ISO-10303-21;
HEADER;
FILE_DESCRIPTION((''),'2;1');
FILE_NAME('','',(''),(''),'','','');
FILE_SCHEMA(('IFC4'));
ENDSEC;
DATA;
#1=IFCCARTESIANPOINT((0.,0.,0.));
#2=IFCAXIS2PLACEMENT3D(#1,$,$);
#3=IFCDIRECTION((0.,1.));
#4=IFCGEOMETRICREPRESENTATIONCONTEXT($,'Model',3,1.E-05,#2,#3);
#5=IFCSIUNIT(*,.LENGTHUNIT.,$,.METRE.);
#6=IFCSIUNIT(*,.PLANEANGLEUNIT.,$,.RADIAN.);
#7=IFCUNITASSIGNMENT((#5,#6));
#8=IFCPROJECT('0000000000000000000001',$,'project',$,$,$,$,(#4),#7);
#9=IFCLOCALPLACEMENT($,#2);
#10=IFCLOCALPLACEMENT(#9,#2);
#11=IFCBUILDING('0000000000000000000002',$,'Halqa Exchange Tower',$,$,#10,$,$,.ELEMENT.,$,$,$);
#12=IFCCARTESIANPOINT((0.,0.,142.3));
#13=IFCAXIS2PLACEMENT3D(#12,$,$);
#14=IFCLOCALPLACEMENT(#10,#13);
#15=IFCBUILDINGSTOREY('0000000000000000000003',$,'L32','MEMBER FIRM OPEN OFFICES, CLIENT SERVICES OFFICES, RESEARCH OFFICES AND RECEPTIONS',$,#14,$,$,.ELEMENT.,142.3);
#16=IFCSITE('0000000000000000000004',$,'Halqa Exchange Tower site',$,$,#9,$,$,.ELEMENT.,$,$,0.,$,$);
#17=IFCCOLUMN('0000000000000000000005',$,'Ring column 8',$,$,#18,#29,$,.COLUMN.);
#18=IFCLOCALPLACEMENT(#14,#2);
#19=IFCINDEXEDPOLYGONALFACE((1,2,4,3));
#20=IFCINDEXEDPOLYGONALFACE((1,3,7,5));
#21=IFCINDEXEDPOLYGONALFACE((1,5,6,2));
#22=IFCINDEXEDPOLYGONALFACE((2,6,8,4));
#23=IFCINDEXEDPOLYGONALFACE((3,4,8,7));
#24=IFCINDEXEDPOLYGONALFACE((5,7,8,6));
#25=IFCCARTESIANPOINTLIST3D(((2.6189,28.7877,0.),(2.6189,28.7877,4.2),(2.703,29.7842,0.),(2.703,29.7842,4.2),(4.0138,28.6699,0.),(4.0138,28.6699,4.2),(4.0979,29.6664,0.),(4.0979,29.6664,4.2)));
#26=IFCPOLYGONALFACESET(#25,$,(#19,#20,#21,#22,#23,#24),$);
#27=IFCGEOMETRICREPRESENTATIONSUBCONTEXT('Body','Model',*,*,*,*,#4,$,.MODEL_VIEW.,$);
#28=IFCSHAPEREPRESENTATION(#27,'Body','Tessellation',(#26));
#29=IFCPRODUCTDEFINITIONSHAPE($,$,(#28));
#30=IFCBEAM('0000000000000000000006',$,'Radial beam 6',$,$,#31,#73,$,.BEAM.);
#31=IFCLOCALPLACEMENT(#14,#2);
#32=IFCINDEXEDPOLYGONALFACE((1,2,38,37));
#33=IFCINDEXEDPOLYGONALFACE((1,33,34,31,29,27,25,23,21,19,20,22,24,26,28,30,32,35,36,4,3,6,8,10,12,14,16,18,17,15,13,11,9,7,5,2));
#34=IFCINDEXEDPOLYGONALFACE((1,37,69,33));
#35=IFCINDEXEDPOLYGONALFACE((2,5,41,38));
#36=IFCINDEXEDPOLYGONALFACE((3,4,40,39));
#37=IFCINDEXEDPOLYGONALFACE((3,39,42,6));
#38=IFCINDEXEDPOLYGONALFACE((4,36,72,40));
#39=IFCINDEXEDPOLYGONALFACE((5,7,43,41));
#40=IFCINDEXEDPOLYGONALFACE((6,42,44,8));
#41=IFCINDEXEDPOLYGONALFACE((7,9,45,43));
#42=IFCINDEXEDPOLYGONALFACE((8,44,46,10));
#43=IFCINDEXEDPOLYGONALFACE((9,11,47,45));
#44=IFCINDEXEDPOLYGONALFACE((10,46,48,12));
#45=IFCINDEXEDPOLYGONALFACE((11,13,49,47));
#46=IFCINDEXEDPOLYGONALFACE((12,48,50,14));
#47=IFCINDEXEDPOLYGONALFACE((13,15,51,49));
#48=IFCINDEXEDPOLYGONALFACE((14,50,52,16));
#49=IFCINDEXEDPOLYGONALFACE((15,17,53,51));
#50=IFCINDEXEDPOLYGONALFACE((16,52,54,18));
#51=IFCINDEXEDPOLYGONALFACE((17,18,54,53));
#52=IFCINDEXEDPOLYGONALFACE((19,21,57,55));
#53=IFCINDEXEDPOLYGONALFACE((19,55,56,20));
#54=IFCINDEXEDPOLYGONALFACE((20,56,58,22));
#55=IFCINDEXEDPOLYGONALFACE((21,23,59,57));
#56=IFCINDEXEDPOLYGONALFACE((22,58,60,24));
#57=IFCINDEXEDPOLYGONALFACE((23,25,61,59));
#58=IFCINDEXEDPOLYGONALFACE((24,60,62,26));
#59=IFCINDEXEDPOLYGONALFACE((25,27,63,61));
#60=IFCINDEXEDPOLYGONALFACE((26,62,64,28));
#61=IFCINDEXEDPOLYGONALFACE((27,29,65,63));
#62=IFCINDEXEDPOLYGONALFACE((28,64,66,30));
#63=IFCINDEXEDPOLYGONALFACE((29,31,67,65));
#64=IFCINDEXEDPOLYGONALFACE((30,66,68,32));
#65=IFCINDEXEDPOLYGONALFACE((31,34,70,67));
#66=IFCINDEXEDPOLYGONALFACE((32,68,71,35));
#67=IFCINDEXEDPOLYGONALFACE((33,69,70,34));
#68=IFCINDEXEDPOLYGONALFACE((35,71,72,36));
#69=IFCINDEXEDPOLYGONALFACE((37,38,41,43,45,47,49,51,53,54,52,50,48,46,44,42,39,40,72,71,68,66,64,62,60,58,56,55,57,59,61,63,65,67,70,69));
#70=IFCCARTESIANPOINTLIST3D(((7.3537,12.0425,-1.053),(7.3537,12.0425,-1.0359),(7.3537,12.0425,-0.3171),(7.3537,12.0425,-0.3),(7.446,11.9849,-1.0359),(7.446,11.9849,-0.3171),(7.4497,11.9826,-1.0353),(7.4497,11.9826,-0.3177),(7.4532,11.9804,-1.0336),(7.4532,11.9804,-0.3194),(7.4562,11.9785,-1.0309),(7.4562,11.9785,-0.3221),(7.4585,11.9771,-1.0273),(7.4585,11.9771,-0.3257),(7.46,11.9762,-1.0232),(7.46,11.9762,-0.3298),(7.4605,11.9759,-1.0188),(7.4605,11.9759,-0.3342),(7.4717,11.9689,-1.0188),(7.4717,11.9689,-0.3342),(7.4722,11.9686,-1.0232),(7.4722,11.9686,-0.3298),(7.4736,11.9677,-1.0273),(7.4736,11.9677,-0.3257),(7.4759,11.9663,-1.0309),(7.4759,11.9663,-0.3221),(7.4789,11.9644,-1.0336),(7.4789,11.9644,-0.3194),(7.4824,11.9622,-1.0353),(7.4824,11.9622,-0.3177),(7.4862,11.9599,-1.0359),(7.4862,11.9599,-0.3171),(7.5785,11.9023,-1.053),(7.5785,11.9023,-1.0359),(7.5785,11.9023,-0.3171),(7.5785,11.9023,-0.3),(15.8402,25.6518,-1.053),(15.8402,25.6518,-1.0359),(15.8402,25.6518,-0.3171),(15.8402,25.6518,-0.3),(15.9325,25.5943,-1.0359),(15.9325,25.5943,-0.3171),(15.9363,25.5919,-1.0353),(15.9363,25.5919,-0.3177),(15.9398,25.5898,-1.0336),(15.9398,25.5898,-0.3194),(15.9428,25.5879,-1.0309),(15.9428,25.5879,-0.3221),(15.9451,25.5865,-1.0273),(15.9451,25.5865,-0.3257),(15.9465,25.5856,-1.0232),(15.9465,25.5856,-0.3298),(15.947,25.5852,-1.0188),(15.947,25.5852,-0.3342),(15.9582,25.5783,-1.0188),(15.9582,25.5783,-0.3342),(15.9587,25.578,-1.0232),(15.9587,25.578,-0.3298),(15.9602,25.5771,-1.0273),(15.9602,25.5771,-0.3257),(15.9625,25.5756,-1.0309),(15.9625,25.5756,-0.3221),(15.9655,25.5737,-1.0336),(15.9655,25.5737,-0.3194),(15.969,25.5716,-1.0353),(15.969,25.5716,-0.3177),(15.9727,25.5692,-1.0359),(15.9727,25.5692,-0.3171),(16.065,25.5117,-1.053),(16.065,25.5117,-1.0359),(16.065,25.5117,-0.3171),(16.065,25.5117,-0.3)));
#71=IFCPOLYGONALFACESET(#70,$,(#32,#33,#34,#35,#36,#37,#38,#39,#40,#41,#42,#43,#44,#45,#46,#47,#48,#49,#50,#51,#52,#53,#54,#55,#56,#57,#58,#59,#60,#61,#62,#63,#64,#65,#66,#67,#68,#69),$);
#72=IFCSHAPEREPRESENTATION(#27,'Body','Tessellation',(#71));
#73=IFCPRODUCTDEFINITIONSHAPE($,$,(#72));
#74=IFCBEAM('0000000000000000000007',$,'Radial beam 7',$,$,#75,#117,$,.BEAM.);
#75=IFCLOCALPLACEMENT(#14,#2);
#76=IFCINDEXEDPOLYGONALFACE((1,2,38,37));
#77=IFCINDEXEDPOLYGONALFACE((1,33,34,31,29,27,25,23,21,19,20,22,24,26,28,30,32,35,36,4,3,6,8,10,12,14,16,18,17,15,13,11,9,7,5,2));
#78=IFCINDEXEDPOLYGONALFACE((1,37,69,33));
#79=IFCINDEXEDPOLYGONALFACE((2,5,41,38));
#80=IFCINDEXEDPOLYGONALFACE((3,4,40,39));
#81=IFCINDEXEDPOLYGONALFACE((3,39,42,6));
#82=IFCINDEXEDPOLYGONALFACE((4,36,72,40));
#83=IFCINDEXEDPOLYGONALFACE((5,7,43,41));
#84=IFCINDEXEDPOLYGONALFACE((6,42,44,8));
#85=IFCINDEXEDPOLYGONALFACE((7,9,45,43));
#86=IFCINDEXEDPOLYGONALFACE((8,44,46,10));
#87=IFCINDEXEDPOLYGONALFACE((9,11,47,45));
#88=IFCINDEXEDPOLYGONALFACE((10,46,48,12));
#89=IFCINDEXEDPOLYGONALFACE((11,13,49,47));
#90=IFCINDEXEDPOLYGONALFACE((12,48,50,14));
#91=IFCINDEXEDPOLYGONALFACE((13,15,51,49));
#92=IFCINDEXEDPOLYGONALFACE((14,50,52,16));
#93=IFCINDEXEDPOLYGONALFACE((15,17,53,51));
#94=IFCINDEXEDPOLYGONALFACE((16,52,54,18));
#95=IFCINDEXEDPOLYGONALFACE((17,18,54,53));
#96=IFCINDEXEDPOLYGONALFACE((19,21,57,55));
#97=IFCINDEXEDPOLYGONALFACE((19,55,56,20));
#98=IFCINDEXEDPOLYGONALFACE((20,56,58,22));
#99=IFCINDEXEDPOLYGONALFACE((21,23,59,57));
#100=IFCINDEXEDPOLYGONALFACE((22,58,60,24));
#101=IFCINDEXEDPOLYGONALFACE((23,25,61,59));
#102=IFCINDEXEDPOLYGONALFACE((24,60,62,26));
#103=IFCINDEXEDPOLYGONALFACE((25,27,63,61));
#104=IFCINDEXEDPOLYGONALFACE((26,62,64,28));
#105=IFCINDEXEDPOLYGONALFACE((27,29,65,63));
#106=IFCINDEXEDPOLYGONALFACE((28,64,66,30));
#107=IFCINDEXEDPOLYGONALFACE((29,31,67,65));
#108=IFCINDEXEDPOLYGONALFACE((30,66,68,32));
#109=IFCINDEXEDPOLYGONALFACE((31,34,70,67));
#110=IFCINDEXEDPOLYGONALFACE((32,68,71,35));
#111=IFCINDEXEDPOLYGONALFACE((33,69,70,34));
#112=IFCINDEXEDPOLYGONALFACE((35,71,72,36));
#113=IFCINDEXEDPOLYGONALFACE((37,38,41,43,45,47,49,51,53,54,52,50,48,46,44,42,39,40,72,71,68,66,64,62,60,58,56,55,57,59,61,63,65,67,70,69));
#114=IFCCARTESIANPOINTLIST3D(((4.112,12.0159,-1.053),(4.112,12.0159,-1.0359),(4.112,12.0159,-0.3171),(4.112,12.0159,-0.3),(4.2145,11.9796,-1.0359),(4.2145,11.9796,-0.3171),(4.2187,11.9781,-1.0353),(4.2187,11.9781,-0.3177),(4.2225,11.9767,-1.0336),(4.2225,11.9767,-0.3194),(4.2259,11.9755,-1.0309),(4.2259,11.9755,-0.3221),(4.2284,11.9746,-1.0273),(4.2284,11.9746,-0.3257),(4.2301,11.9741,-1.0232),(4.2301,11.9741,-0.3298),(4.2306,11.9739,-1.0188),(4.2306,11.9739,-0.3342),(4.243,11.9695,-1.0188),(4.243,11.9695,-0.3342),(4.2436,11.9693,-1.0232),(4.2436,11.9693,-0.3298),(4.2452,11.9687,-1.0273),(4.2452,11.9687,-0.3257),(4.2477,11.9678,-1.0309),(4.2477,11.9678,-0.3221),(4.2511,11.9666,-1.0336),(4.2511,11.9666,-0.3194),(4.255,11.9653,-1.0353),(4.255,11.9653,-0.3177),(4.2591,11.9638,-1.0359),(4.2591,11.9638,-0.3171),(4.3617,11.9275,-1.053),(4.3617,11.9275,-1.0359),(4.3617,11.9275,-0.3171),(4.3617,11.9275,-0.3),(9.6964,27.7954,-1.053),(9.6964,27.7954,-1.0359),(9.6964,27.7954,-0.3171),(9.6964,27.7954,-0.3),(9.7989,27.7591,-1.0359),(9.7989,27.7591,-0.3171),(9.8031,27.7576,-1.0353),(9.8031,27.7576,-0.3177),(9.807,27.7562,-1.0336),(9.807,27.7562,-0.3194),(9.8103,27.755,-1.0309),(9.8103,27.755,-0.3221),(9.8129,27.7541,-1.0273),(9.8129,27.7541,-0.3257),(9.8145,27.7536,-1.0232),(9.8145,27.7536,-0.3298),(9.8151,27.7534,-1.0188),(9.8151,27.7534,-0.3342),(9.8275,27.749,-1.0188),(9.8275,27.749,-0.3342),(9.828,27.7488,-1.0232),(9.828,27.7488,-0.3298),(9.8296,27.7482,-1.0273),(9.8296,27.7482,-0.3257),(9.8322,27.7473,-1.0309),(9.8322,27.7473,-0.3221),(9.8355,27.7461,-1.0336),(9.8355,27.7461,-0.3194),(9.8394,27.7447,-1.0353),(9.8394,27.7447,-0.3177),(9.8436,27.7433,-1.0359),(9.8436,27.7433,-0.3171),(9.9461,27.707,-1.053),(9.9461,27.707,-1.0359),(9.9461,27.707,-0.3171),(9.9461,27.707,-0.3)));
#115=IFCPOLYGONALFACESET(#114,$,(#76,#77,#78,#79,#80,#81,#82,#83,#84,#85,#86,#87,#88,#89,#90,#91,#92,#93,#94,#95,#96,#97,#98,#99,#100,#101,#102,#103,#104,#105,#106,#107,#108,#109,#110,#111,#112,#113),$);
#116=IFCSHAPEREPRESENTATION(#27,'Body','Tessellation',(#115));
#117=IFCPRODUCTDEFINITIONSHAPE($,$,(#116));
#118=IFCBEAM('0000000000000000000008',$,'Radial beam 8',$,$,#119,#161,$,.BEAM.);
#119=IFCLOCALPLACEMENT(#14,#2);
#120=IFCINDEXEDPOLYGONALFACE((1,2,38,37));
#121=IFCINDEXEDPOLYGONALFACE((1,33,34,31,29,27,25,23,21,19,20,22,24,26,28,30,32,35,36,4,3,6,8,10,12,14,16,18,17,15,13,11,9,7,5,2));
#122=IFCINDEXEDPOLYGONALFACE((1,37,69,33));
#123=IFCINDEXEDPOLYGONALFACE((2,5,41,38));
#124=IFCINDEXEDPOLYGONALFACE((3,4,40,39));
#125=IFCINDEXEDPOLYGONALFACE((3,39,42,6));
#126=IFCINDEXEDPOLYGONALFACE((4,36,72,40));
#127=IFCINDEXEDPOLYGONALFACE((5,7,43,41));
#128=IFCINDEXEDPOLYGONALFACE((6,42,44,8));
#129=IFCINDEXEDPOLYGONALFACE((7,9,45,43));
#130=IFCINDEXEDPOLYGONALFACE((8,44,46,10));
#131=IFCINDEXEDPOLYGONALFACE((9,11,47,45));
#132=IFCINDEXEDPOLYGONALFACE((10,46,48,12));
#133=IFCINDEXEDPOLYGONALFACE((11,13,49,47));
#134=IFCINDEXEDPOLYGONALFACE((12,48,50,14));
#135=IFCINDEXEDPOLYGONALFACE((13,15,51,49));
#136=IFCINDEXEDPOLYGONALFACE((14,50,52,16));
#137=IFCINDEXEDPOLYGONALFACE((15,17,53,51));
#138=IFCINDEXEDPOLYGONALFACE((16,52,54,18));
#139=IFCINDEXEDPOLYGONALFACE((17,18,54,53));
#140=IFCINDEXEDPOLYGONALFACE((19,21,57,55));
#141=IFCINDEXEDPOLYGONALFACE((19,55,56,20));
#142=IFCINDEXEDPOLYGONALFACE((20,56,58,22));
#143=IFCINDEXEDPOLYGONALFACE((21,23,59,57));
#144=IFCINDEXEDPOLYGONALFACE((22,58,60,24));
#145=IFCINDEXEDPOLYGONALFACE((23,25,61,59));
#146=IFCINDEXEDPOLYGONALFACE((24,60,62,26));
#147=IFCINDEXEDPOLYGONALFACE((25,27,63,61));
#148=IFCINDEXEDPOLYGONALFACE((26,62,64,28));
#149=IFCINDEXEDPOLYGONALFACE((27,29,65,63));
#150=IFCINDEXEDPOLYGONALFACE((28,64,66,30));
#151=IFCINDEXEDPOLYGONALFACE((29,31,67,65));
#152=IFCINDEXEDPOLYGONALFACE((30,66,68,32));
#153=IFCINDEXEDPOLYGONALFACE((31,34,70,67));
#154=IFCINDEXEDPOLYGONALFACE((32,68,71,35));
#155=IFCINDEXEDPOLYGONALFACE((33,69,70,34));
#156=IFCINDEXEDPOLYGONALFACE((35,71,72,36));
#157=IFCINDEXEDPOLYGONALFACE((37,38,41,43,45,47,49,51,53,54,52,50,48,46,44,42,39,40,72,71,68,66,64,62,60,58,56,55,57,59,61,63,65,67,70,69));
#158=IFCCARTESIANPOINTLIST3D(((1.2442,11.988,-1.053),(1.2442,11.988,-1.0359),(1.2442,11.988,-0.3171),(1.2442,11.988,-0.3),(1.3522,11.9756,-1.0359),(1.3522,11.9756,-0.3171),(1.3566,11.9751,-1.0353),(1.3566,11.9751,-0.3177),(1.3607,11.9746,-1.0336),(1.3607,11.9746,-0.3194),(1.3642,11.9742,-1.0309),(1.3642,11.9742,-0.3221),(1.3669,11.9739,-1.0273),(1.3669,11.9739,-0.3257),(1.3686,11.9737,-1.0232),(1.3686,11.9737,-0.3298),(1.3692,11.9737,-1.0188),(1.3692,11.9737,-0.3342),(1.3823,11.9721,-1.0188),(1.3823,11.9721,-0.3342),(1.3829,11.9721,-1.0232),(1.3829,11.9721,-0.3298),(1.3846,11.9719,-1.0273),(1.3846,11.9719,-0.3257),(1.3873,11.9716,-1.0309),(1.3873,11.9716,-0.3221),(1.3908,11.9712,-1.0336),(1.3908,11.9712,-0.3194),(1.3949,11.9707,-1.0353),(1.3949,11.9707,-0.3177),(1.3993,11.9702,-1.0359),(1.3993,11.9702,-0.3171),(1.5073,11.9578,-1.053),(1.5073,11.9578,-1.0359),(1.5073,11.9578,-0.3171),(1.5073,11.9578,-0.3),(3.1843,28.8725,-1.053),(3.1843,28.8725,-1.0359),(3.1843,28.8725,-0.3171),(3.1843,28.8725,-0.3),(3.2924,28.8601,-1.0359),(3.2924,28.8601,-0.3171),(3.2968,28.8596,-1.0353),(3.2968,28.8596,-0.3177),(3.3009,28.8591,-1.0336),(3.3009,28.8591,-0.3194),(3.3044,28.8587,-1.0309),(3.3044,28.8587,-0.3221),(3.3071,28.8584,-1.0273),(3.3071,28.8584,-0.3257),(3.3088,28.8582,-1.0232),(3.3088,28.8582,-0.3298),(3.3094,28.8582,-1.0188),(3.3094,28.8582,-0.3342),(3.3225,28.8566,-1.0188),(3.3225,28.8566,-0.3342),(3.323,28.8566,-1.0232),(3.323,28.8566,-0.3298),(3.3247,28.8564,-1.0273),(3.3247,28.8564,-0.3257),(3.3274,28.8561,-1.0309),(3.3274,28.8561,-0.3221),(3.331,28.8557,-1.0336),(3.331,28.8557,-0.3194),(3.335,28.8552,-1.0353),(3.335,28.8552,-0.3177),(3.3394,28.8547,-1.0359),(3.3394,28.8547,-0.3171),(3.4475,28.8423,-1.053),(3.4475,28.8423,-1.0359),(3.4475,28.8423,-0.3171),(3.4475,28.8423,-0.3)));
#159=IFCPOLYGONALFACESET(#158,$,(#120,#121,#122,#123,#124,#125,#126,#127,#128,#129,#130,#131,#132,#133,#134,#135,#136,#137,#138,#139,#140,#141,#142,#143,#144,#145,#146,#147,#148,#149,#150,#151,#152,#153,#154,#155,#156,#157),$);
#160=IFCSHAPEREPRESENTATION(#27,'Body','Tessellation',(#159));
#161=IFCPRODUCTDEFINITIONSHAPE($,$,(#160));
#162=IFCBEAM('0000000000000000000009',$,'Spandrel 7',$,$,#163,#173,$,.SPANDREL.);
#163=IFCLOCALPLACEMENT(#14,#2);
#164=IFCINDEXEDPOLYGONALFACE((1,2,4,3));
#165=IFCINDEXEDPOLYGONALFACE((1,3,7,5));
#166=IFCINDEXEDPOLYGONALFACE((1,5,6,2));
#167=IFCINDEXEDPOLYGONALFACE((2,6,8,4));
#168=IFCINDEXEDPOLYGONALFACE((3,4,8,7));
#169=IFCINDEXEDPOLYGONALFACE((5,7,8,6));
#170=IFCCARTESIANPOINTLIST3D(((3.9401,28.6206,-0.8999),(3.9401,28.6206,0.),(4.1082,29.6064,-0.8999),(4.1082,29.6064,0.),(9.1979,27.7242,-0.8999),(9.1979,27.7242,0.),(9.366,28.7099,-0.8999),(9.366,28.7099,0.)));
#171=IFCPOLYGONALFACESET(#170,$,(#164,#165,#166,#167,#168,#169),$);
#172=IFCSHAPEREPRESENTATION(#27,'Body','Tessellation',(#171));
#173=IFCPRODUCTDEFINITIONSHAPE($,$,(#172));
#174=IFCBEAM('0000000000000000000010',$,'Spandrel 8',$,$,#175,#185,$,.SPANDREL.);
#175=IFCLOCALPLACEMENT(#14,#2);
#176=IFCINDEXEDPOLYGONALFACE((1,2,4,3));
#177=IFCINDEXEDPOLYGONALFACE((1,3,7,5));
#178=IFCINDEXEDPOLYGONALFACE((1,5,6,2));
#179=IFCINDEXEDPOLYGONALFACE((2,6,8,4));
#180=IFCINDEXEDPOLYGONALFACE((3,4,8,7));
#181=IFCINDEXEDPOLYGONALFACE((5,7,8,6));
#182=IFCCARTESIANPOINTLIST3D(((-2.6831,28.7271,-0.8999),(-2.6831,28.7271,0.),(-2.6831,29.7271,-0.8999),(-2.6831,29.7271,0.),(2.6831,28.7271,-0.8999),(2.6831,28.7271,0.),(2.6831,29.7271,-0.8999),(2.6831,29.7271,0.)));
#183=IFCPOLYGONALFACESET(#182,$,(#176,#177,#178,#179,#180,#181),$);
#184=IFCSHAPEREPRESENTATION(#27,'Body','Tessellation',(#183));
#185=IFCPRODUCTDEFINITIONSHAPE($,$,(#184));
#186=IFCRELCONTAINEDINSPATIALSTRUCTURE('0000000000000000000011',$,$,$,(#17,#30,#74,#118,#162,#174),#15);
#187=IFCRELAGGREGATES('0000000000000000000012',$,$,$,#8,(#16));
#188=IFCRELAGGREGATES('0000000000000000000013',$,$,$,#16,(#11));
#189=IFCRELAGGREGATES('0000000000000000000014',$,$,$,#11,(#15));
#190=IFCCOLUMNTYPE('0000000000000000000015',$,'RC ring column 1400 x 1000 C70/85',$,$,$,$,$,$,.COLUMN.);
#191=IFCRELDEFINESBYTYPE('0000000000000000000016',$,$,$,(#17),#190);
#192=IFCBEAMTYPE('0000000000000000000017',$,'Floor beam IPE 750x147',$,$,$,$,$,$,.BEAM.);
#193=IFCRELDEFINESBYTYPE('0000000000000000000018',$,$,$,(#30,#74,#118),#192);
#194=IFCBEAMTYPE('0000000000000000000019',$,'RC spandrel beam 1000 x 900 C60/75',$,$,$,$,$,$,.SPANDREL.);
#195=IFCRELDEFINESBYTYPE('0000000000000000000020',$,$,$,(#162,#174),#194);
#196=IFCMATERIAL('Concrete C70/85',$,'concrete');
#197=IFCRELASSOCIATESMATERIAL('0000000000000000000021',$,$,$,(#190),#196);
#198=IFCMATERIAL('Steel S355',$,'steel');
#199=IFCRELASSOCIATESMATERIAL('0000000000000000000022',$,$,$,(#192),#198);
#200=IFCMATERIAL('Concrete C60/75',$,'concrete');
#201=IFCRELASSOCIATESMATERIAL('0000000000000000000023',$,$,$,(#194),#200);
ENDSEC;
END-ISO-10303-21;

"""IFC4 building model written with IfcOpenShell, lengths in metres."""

from ifc_helpers import new_model, si_unit, direction, frame, origin, origin_2d, place, context, subcontext, project, spatial, rectangle, i_section, extrude, material, material_profile, profile_set, type_object, element, save


model = new_model("IFC4")

# Units and contexts
model_context = context("Model", 3, precision=1e-05, world=origin(), true_north=direction((0.0, 1.0)))
body_context = subcontext(model_context, "Body", "Model", "MODEL_VIEW")
ifc_project = project(units=[si_unit("LENGTHUNIT", "METRE"), si_unit("PLANEANGLEUNIT", "RADIAN")], contexts=[model_context])

# Site, building, storey
site_placement = place(None, origin())
site = spatial("IfcSite", under=ifc_project, at=site_placement, Name="Halqa Exchange Tower site", CompositionType="ELEMENT", RefElevation=0.0)
building_placement = place(site_placement, origin())
building = spatial("IfcBuilding", under=site, at=building_placement, Name="Halqa Exchange Tower", CompositionType="ELEMENT")
storey_placement = place(building_placement, frame((0.0, 0.0, 142.3)))
storey = spatial("IfcBuildingStorey", under=building, at=storey_placement, Name="L32", Description="MEMBER FIRM OPEN OFFICES, CLIENT SERVICES OFFICES, RESEARCH OFFICES AND RECEPTIONS", CompositionType="ELEMENT", Elevation=142.3)

# Column
ifc_material_1 = material(Name="Concrete C70/85", Category="concrete")
ifc_material_profile_1 = material_profile(ifc_material_1, rectangle(XDim=1.3999, YDim=1.0, at=origin_2d()), Name="1400 x 1000")
ifc_profile_set_1 = profile_set([ifc_material_profile_1], Name="Concrete C70/85")
column_type = type_object("IfcColumnType", Name="RC ring column 1400 x 1000 C70/85", PredefinedType="COLUMN", material=ifc_profile_set_1)
column_placement = place(storey_placement, frame((3.3584, 29.2271, 0.0), z_axis=(0.0, 0.0, 1.0), x_axis=(-0.996455, 0.084123, 0.0)))
element("IfcColumn", 1, at=column_placement, inside=storey, type_object=column_type, Name="Ring column 8", PredefinedType="COLUMN", context=body_context, shape_type="SweptSolid", body=[
    extrude(rectangle(XDim=1.3999, YDim=1.0, at=origin_2d()), origin(), (0.0, 0.0, 1.0), 4.2),
])

# Beams
ifc_material_2 = material(Name="Steel S355", Category="steel")
ifc_material_profile_2 = material_profile(ifc_material_2, i_section(OverallWidth=0.2649, OverallDepth=0.7529, WebThickness=0.0132, FlangeThickness=0.0171, FilletRadius=0.0171, at=origin_2d()), Name="IPE 750x147")
ifc_profile_set_2 = profile_set([ifc_material_profile_2], Name="Steel S355")
beam_type_1 = type_object("IfcBeamType", Name="Floor beam IPE 750x147", PredefinedType="BEAM", material=ifc_profile_set_2)
beam_1_placement = place(storey_placement, frame((7.4661, 11.9724, -0.6765), z_axis=(0.529134, 0.848538, 0.0), x_axis=(-0.848538, 0.529134, 0.0)))
element("IfcBeam", 2, at=beam_1_placement, inside=storey, type_object=beam_type_1, Name="Radial beam 6", PredefinedType="BEAM", context=body_context, shape_type="SweptSolid", body=[
    extrude(i_section(OverallWidth=0.2649, OverallDepth=0.7529, WebThickness=0.0132, FlangeThickness=0.0171, FilletRadius=0.0171, at=origin_2d()), origin(), (0.0, 0.0, 1.0), 16.0386),
])
beam_2_placement = place(storey_placement, frame((4.2368, 11.9717, -0.6765), z_axis=(0.333629, 0.942705, 0.0), x_axis=(-0.942705, 0.333629, 0.0)))
element("IfcBeam", 3, at=beam_2_placement, inside=storey, type_object=beam_type_1, Name="Radial beam 7", PredefinedType="BEAM", context=body_context, shape_type="SweptSolid", body=[
    extrude(i_section(OverallWidth=0.2649, OverallDepth=0.7529, WebThickness=0.0132, FlangeThickness=0.0171, FilletRadius=0.0171, at=origin_2d()), origin(), (0.0, 0.0, 1.0), 16.7385),
])
beam_3_placement = place(storey_placement, frame((1.3757, 11.9729, -0.6765), z_axis=(0.114158, 0.993463, 0.0), x_axis=(-0.993463, 0.114158, 0.0)))
element("IfcBeam", 4, at=beam_3_placement, inside=storey, type_object=beam_type_1, Name="Radial beam 8", PredefinedType="BEAM", context=body_context, shape_type="SweptSolid", body=[
    extrude(i_section(OverallWidth=0.2649, OverallDepth=0.7529, WebThickness=0.0132, FlangeThickness=0.0171, FilletRadius=0.0171, at=origin_2d()), origin(), (0.0, 0.0, 1.0), 16.9956),
])
ifc_material_3 = material(Name="Concrete C60/75", Category="concrete")
ifc_material_profile_3 = material_profile(ifc_material_3, rectangle(XDim=1.0, YDim=0.8999, at=origin_2d()), Name="1000 x 900")
ifc_profile_set_3 = profile_set([ifc_material_profile_3], Name="Concrete C60/75")
beam_type_2 = type_object("IfcBeamType", Name="RC spandrel beam 1000 x 900 C60/75", PredefinedType="SPANDREL", material=ifc_profile_set_3)
beam_4_placement = place(storey_placement, frame((9.282, 28.217, -0.45), z_axis=(-0.985773, 0.168079, 0.0), x_axis=(-0.168079, -0.985773, 0.0)))
element("IfcBeam", 5, at=beam_4_placement, inside=storey, type_object=beam_type_2, Name="Spandrel 7", PredefinedType="SPANDREL", context=body_context, shape_type="SweptSolid", body=[
    extrude(rectangle(XDim=1.0, YDim=0.8999, at=origin_2d()), origin(), (0.0, 0.0, 1.0), 5.3337),
])
beam_5_placement = place(storey_placement, frame((2.6831, 29.2271, -0.45), z_axis=(-1.0, 0.0, 0.0), x_axis=(0.0, -1.0, 0.0)))
element("IfcBeam", 6, at=beam_5_placement, inside=storey, type_object=beam_type_2, Name="Spandrel 8", PredefinedType="SPANDREL", context=body_context, shape_type="SweptSolid", body=[
    extrude(rectangle(XDim=1.0, YDim=0.8999, at=origin_2d()), origin(), (0.0, 0.0, 1.0), 5.3662),
])

save(model, "model.ifc")
